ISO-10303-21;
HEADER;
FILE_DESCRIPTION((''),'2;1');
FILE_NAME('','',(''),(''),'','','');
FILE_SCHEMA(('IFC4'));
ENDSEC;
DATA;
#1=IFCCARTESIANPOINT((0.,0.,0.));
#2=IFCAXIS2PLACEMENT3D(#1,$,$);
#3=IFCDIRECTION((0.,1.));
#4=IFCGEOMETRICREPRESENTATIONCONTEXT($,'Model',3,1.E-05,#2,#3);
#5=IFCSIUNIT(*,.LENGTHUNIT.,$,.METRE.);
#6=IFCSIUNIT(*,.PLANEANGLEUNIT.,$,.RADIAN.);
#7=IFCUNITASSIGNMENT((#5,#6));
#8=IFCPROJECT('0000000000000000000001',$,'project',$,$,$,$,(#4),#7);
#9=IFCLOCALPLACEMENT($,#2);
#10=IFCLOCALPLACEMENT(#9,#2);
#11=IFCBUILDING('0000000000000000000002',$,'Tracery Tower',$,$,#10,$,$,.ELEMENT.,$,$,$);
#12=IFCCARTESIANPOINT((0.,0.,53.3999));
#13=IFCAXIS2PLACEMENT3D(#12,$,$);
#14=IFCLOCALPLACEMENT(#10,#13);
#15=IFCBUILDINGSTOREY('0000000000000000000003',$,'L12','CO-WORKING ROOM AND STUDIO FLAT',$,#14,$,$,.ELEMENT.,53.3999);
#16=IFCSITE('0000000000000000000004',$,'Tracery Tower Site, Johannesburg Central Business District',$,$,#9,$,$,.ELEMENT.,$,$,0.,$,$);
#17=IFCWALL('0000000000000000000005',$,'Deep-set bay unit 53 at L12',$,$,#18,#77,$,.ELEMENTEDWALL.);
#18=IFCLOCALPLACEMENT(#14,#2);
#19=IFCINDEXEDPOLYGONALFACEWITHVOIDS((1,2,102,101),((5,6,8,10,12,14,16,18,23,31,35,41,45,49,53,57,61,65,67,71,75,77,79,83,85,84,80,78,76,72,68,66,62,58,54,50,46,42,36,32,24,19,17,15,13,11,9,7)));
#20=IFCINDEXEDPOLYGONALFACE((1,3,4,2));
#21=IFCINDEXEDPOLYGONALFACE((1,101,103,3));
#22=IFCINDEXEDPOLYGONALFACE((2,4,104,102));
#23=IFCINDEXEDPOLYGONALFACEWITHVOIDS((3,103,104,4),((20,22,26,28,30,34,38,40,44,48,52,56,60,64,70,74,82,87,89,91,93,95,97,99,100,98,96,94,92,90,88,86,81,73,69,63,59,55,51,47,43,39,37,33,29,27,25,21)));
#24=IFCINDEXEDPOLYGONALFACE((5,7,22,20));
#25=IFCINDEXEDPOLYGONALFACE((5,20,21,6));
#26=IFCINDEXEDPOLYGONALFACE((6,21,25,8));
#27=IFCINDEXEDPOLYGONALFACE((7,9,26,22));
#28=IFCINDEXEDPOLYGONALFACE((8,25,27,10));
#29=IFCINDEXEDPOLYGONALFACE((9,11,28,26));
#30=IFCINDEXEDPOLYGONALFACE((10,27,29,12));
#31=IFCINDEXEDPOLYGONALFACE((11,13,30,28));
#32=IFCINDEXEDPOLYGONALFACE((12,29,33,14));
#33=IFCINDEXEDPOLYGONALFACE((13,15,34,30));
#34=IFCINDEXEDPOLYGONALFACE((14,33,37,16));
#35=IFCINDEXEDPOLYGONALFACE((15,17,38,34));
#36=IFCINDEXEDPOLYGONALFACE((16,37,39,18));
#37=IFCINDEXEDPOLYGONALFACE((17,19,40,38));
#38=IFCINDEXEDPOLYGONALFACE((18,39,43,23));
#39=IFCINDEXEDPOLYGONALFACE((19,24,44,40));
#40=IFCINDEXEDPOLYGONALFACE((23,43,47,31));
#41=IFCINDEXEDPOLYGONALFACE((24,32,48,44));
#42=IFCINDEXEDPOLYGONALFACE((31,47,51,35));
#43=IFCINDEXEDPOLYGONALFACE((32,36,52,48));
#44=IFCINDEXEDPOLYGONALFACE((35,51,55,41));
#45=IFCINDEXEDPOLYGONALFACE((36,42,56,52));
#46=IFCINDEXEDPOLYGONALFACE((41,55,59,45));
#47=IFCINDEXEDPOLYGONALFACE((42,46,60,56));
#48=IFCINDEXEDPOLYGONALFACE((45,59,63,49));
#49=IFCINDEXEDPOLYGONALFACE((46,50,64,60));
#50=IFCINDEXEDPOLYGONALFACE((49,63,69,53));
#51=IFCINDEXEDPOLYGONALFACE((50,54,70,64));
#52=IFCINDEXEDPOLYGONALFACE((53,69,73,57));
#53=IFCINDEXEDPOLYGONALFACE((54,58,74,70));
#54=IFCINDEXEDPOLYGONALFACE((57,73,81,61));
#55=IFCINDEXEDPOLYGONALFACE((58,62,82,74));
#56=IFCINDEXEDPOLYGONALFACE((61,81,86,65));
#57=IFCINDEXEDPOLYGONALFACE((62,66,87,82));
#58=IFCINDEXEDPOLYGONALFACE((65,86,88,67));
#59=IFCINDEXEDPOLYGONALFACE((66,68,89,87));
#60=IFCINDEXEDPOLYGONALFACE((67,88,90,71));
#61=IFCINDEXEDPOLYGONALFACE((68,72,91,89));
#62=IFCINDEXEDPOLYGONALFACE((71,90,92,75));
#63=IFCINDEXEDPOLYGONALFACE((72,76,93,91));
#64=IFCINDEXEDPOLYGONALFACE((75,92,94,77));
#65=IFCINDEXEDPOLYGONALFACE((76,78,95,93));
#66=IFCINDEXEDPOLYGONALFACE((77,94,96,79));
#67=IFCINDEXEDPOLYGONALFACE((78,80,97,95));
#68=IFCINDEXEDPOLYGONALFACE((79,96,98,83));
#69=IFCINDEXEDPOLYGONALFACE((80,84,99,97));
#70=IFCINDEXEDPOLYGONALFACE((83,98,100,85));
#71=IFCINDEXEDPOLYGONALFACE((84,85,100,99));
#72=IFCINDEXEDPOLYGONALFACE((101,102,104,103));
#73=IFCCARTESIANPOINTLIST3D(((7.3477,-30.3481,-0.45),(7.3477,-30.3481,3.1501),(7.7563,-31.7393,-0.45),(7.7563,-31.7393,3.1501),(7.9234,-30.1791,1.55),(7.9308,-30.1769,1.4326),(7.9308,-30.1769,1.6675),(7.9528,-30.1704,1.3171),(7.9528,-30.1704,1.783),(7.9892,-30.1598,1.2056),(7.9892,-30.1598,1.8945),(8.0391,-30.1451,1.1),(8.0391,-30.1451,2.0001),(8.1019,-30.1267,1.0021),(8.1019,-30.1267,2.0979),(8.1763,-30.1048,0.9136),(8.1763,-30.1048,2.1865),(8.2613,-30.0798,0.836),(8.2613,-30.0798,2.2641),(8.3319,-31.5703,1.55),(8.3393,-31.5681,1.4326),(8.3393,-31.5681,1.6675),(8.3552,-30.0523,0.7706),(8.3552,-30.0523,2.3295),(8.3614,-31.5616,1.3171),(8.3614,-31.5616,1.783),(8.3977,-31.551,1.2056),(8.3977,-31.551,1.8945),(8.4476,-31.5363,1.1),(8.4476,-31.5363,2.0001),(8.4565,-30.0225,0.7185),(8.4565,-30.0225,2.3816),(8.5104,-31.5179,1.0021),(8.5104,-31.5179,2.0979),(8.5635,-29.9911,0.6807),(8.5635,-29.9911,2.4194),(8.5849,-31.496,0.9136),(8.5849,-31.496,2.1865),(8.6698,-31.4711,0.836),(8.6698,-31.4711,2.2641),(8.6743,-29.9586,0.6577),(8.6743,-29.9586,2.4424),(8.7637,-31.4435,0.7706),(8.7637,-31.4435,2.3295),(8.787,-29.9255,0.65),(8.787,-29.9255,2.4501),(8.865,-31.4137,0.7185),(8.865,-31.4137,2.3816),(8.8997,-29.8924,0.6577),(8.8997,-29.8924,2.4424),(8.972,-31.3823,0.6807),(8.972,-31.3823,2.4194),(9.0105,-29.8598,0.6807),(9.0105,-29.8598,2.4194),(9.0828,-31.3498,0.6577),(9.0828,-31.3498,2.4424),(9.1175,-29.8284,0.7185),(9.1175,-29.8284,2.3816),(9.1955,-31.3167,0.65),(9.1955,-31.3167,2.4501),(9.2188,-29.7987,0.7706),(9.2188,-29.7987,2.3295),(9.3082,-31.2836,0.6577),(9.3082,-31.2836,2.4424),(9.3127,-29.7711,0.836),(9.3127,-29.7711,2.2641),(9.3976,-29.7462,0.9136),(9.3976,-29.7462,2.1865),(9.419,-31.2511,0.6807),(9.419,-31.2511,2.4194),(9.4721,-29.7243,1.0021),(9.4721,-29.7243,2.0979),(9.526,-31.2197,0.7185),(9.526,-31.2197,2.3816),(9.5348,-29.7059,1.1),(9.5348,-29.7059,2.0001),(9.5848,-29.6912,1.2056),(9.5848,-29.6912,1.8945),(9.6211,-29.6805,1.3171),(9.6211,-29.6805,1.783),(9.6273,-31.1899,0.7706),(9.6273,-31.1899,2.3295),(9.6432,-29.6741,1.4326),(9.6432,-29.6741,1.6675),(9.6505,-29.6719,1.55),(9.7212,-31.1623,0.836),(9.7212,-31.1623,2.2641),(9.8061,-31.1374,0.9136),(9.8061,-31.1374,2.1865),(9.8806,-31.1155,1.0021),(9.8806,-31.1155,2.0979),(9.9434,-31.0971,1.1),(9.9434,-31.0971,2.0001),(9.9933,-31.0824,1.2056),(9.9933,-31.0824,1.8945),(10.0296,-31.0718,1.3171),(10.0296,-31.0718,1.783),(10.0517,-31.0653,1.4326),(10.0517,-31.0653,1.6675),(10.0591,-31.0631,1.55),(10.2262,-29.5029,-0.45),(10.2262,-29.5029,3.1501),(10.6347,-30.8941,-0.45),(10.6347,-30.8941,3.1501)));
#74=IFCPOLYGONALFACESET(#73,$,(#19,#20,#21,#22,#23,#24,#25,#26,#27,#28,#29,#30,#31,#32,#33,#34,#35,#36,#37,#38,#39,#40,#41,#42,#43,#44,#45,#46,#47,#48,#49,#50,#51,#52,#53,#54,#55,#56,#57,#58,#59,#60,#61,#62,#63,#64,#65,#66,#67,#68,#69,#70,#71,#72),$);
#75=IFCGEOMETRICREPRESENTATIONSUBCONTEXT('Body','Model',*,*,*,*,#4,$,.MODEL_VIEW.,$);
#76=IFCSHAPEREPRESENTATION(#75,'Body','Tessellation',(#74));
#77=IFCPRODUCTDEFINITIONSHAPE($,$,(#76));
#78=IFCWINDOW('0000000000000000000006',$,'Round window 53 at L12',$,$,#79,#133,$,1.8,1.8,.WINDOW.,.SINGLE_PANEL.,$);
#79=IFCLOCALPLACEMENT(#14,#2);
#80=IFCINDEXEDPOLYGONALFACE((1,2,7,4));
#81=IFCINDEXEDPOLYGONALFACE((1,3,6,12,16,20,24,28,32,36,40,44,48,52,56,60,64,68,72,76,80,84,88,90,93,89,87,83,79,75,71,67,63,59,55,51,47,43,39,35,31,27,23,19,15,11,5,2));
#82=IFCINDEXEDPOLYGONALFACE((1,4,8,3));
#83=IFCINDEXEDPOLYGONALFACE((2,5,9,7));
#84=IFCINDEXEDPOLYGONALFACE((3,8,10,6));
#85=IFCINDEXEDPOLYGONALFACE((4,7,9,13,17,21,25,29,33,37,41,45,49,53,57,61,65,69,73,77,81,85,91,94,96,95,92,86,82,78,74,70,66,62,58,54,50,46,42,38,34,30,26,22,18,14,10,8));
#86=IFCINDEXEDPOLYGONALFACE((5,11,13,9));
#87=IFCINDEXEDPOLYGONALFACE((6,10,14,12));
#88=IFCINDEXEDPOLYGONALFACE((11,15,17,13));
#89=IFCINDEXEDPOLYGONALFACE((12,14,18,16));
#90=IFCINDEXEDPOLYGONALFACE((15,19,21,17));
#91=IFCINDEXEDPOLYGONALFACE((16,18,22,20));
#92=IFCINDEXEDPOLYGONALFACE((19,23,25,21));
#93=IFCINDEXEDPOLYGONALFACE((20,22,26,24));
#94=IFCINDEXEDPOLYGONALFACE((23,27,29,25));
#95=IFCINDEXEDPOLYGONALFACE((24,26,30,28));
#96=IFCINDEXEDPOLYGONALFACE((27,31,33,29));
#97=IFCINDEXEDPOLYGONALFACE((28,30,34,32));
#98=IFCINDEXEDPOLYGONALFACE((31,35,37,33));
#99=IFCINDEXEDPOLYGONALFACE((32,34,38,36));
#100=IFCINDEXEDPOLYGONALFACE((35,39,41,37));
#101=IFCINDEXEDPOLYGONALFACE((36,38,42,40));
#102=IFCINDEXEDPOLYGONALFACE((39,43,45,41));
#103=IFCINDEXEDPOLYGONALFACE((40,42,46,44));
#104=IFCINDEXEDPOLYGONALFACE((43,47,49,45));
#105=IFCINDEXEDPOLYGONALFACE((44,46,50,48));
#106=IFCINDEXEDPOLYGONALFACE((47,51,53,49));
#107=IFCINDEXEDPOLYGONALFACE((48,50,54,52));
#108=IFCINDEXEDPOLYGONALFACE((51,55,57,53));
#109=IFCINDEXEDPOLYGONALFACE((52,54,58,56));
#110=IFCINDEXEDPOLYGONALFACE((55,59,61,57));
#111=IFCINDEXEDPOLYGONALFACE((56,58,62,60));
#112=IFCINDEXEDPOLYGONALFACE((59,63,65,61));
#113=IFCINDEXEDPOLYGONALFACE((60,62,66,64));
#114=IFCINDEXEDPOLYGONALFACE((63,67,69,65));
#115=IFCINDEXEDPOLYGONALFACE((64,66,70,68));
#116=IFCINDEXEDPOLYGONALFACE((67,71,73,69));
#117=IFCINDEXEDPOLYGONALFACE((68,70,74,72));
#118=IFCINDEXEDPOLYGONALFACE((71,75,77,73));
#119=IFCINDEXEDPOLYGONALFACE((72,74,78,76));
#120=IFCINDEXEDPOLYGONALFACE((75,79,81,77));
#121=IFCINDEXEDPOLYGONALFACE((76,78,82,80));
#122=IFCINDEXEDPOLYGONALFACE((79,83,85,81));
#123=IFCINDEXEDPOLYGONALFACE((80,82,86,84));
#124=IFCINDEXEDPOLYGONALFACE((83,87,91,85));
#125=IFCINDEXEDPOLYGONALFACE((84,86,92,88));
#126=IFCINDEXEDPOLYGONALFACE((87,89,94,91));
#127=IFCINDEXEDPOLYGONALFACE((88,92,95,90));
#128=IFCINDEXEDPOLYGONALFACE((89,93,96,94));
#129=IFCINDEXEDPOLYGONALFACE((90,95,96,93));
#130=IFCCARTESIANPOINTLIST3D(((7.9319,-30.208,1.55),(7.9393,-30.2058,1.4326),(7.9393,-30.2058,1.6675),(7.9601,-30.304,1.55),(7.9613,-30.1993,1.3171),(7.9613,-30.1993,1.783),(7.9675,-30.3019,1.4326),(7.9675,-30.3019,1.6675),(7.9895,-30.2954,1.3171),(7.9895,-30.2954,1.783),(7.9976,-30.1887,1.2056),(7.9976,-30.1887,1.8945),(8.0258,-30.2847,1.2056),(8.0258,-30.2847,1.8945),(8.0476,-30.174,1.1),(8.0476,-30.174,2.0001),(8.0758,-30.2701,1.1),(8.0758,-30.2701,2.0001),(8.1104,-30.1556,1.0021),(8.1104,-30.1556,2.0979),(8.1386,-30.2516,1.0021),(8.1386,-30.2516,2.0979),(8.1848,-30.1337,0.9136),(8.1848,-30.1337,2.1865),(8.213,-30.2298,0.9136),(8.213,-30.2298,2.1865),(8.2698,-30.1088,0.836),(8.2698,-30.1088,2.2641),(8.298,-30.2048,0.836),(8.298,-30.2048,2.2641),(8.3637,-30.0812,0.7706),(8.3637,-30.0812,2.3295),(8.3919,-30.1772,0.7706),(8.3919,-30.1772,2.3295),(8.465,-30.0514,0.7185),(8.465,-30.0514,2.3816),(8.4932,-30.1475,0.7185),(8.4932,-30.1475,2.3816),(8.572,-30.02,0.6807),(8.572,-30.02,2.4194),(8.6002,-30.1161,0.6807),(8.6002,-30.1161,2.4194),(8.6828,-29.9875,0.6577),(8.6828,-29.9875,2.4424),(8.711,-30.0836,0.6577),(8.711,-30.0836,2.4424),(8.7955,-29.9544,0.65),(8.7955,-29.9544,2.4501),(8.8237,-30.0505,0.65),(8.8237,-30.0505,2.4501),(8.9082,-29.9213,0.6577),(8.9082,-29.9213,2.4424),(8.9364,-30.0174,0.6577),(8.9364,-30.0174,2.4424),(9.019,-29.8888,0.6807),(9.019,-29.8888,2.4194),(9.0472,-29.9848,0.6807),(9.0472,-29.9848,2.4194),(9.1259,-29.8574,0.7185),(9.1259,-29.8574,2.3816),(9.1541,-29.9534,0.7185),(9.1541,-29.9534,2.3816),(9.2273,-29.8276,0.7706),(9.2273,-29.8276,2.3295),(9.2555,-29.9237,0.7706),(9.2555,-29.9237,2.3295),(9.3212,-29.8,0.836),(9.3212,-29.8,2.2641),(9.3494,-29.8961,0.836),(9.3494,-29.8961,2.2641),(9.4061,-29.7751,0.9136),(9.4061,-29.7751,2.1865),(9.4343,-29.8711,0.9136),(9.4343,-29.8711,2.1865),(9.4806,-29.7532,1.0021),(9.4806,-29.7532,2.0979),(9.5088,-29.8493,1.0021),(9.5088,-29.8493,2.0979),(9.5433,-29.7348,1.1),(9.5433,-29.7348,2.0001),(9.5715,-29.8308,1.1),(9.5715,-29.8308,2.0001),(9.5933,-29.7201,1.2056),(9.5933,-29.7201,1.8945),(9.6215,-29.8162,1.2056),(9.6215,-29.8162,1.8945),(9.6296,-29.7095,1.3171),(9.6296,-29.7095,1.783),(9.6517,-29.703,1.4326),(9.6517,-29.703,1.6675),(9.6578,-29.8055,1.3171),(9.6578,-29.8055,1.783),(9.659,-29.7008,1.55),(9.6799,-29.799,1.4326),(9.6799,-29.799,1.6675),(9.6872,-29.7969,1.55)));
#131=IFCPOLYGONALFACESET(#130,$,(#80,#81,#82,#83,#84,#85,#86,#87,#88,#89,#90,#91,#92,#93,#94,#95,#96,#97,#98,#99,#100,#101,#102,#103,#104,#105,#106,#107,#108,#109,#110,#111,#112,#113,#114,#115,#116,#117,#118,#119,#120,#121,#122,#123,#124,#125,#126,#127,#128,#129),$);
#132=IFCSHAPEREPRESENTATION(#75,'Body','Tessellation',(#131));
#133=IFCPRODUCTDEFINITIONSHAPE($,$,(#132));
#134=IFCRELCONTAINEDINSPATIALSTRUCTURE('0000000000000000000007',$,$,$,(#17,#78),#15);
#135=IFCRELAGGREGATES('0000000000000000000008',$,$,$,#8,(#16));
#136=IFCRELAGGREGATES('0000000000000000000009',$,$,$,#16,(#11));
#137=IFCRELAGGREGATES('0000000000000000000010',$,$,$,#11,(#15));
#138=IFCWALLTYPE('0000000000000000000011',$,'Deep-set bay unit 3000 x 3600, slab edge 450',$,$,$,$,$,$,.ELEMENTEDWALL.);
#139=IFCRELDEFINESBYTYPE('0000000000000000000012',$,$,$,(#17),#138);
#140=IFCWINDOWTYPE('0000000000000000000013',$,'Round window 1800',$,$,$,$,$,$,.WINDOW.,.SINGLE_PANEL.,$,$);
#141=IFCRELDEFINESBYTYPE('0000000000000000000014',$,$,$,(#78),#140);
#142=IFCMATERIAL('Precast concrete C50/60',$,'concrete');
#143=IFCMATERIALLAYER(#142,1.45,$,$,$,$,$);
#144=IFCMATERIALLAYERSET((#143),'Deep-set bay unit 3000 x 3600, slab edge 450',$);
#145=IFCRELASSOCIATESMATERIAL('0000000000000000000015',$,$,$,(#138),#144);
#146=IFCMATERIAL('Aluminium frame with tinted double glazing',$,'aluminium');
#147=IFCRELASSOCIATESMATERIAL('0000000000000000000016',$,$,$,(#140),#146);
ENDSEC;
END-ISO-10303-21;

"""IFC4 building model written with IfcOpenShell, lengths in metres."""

from ifc_helpers import new_model, si_unit, direction, frame, frame_2d, origin, origin_2d, place, context, subcontext, project, spatial, rectangle, circle, extrude, material, layer, layer_set, type_object, element, fill, save


model = new_model("IFC4")

# Units and contexts
model_context = context("Model", 3, precision=1e-05, world=origin(), true_north=direction((0.0, 1.0)))
body_context = subcontext(model_context, "Body", "Model", "MODEL_VIEW")
ifc_project = project(units=[si_unit("LENGTHUNIT", "METRE"), si_unit("PLANEANGLEUNIT", "RADIAN")], contexts=[model_context])

# Site, building, storey
site_placement = place(None, origin())
site = spatial("IfcSite", under=ifc_project, at=site_placement, Name="Tracery Tower Site, Johannesburg Central Business District", CompositionType="ELEMENT", RefElevation=0.0)
building_placement = place(site_placement, origin())
building = spatial("IfcBuilding", under=site, at=building_placement, Name="Tracery Tower", CompositionType="ELEMENT")
storey_placement = place(building_placement, frame((0.0, 0.0, 53.3999)))
storey = spatial("IfcBuildingStorey", under=building, at=storey_placement, Name="L12", Description="CO-WORKING ROOM AND STUDIO FLAT", CompositionType="ELEMENT", Elevation=53.3999)

# Wall, opening, window
ifc_material_1 = material(Name="Precast concrete C50/60", Category="concrete")
ifc_layer_1 = layer(ifc_material_1, 1.45)
ifc_layer_set_1 = layer_set([ifc_layer_1], Name="Deep-set bay unit 3000 x 3600, slab edge 450")
wall_type_1 = type_object("IfcWallType", Name="Deep-set bay unit 3000 x 3600, slab edge 450", PredefinedType="ELEMENTEDWALL", material=ifc_layer_set_1)
wall_1_placement = place(storey_placement, frame((7.552, -31.0437, -0.45), z_axis=(0.0, 0.0, 1.0), x_axis=(0.95949, 0.281743, 0.0)))
wall_1 = element("IfcWall", 1, at=wall_1_placement, inside=storey, type_object=wall_type_1, Name="Deep-set bay unit 53 at L12", PredefinedType="ELEMENTEDWALL", context=body_context, shape_type="SweptSolid", body=[
    extrude(rectangle(XDim=3.0, YDim=1.45, at=frame_2d((1.5, 0.0))), origin(), (0.0, 0.0, 1.0), 3.6001),
])
opening_1_placement = place(wall_1_placement, frame((1.5, 0.0, 2.0)))
opening_1 = element("IfcOpeningElement", 2, at=opening_1_placement, cuts=wall_1, PredefinedType="OPENING", context=body_context, shape_type="SweptSolid", body=[
    extrude(circle(Radius=0.9, at=origin_2d()), frame((0.0, 0.7349, 0.0), z_axis=(0.0, -1.0, 0.0), x_axis=(1.0, 0.0, 0.0)), (0.0, 0.0, 1.0), 1.47),
])
ifc_material_2 = material(Name="Aluminium frame with tinted double glazing", Category="aluminium")
window_type = type_object("IfcWindowType", Name="Round window 1800", PartitioningType="SINGLE_PANEL", PredefinedType="WINDOW", material=ifc_material_2)
window_1_placement = place(opening_1_placement, origin())
window_1 = element("IfcWindow", 3, at=window_1_placement, inside=storey, type_object=window_type, Name="Round window 53 at L12", OverallHeight=1.8, OverallWidth=1.8, PartitioningType="SINGLE_PANEL", PredefinedType="WINDOW", context=body_context, shape_type="SweptSolid", body=[
    extrude(circle(Radius=0.9, at=origin_2d()), frame((0.0, 0.6948, 0.0), z_axis=(0.0, -1.0, 0.0), x_axis=(1.0, 0.0, 0.0)), (0.0, 0.0, 1.0), 0.1001),
])
fill(opening_1, window_1)

save(model, "model.ifc")
